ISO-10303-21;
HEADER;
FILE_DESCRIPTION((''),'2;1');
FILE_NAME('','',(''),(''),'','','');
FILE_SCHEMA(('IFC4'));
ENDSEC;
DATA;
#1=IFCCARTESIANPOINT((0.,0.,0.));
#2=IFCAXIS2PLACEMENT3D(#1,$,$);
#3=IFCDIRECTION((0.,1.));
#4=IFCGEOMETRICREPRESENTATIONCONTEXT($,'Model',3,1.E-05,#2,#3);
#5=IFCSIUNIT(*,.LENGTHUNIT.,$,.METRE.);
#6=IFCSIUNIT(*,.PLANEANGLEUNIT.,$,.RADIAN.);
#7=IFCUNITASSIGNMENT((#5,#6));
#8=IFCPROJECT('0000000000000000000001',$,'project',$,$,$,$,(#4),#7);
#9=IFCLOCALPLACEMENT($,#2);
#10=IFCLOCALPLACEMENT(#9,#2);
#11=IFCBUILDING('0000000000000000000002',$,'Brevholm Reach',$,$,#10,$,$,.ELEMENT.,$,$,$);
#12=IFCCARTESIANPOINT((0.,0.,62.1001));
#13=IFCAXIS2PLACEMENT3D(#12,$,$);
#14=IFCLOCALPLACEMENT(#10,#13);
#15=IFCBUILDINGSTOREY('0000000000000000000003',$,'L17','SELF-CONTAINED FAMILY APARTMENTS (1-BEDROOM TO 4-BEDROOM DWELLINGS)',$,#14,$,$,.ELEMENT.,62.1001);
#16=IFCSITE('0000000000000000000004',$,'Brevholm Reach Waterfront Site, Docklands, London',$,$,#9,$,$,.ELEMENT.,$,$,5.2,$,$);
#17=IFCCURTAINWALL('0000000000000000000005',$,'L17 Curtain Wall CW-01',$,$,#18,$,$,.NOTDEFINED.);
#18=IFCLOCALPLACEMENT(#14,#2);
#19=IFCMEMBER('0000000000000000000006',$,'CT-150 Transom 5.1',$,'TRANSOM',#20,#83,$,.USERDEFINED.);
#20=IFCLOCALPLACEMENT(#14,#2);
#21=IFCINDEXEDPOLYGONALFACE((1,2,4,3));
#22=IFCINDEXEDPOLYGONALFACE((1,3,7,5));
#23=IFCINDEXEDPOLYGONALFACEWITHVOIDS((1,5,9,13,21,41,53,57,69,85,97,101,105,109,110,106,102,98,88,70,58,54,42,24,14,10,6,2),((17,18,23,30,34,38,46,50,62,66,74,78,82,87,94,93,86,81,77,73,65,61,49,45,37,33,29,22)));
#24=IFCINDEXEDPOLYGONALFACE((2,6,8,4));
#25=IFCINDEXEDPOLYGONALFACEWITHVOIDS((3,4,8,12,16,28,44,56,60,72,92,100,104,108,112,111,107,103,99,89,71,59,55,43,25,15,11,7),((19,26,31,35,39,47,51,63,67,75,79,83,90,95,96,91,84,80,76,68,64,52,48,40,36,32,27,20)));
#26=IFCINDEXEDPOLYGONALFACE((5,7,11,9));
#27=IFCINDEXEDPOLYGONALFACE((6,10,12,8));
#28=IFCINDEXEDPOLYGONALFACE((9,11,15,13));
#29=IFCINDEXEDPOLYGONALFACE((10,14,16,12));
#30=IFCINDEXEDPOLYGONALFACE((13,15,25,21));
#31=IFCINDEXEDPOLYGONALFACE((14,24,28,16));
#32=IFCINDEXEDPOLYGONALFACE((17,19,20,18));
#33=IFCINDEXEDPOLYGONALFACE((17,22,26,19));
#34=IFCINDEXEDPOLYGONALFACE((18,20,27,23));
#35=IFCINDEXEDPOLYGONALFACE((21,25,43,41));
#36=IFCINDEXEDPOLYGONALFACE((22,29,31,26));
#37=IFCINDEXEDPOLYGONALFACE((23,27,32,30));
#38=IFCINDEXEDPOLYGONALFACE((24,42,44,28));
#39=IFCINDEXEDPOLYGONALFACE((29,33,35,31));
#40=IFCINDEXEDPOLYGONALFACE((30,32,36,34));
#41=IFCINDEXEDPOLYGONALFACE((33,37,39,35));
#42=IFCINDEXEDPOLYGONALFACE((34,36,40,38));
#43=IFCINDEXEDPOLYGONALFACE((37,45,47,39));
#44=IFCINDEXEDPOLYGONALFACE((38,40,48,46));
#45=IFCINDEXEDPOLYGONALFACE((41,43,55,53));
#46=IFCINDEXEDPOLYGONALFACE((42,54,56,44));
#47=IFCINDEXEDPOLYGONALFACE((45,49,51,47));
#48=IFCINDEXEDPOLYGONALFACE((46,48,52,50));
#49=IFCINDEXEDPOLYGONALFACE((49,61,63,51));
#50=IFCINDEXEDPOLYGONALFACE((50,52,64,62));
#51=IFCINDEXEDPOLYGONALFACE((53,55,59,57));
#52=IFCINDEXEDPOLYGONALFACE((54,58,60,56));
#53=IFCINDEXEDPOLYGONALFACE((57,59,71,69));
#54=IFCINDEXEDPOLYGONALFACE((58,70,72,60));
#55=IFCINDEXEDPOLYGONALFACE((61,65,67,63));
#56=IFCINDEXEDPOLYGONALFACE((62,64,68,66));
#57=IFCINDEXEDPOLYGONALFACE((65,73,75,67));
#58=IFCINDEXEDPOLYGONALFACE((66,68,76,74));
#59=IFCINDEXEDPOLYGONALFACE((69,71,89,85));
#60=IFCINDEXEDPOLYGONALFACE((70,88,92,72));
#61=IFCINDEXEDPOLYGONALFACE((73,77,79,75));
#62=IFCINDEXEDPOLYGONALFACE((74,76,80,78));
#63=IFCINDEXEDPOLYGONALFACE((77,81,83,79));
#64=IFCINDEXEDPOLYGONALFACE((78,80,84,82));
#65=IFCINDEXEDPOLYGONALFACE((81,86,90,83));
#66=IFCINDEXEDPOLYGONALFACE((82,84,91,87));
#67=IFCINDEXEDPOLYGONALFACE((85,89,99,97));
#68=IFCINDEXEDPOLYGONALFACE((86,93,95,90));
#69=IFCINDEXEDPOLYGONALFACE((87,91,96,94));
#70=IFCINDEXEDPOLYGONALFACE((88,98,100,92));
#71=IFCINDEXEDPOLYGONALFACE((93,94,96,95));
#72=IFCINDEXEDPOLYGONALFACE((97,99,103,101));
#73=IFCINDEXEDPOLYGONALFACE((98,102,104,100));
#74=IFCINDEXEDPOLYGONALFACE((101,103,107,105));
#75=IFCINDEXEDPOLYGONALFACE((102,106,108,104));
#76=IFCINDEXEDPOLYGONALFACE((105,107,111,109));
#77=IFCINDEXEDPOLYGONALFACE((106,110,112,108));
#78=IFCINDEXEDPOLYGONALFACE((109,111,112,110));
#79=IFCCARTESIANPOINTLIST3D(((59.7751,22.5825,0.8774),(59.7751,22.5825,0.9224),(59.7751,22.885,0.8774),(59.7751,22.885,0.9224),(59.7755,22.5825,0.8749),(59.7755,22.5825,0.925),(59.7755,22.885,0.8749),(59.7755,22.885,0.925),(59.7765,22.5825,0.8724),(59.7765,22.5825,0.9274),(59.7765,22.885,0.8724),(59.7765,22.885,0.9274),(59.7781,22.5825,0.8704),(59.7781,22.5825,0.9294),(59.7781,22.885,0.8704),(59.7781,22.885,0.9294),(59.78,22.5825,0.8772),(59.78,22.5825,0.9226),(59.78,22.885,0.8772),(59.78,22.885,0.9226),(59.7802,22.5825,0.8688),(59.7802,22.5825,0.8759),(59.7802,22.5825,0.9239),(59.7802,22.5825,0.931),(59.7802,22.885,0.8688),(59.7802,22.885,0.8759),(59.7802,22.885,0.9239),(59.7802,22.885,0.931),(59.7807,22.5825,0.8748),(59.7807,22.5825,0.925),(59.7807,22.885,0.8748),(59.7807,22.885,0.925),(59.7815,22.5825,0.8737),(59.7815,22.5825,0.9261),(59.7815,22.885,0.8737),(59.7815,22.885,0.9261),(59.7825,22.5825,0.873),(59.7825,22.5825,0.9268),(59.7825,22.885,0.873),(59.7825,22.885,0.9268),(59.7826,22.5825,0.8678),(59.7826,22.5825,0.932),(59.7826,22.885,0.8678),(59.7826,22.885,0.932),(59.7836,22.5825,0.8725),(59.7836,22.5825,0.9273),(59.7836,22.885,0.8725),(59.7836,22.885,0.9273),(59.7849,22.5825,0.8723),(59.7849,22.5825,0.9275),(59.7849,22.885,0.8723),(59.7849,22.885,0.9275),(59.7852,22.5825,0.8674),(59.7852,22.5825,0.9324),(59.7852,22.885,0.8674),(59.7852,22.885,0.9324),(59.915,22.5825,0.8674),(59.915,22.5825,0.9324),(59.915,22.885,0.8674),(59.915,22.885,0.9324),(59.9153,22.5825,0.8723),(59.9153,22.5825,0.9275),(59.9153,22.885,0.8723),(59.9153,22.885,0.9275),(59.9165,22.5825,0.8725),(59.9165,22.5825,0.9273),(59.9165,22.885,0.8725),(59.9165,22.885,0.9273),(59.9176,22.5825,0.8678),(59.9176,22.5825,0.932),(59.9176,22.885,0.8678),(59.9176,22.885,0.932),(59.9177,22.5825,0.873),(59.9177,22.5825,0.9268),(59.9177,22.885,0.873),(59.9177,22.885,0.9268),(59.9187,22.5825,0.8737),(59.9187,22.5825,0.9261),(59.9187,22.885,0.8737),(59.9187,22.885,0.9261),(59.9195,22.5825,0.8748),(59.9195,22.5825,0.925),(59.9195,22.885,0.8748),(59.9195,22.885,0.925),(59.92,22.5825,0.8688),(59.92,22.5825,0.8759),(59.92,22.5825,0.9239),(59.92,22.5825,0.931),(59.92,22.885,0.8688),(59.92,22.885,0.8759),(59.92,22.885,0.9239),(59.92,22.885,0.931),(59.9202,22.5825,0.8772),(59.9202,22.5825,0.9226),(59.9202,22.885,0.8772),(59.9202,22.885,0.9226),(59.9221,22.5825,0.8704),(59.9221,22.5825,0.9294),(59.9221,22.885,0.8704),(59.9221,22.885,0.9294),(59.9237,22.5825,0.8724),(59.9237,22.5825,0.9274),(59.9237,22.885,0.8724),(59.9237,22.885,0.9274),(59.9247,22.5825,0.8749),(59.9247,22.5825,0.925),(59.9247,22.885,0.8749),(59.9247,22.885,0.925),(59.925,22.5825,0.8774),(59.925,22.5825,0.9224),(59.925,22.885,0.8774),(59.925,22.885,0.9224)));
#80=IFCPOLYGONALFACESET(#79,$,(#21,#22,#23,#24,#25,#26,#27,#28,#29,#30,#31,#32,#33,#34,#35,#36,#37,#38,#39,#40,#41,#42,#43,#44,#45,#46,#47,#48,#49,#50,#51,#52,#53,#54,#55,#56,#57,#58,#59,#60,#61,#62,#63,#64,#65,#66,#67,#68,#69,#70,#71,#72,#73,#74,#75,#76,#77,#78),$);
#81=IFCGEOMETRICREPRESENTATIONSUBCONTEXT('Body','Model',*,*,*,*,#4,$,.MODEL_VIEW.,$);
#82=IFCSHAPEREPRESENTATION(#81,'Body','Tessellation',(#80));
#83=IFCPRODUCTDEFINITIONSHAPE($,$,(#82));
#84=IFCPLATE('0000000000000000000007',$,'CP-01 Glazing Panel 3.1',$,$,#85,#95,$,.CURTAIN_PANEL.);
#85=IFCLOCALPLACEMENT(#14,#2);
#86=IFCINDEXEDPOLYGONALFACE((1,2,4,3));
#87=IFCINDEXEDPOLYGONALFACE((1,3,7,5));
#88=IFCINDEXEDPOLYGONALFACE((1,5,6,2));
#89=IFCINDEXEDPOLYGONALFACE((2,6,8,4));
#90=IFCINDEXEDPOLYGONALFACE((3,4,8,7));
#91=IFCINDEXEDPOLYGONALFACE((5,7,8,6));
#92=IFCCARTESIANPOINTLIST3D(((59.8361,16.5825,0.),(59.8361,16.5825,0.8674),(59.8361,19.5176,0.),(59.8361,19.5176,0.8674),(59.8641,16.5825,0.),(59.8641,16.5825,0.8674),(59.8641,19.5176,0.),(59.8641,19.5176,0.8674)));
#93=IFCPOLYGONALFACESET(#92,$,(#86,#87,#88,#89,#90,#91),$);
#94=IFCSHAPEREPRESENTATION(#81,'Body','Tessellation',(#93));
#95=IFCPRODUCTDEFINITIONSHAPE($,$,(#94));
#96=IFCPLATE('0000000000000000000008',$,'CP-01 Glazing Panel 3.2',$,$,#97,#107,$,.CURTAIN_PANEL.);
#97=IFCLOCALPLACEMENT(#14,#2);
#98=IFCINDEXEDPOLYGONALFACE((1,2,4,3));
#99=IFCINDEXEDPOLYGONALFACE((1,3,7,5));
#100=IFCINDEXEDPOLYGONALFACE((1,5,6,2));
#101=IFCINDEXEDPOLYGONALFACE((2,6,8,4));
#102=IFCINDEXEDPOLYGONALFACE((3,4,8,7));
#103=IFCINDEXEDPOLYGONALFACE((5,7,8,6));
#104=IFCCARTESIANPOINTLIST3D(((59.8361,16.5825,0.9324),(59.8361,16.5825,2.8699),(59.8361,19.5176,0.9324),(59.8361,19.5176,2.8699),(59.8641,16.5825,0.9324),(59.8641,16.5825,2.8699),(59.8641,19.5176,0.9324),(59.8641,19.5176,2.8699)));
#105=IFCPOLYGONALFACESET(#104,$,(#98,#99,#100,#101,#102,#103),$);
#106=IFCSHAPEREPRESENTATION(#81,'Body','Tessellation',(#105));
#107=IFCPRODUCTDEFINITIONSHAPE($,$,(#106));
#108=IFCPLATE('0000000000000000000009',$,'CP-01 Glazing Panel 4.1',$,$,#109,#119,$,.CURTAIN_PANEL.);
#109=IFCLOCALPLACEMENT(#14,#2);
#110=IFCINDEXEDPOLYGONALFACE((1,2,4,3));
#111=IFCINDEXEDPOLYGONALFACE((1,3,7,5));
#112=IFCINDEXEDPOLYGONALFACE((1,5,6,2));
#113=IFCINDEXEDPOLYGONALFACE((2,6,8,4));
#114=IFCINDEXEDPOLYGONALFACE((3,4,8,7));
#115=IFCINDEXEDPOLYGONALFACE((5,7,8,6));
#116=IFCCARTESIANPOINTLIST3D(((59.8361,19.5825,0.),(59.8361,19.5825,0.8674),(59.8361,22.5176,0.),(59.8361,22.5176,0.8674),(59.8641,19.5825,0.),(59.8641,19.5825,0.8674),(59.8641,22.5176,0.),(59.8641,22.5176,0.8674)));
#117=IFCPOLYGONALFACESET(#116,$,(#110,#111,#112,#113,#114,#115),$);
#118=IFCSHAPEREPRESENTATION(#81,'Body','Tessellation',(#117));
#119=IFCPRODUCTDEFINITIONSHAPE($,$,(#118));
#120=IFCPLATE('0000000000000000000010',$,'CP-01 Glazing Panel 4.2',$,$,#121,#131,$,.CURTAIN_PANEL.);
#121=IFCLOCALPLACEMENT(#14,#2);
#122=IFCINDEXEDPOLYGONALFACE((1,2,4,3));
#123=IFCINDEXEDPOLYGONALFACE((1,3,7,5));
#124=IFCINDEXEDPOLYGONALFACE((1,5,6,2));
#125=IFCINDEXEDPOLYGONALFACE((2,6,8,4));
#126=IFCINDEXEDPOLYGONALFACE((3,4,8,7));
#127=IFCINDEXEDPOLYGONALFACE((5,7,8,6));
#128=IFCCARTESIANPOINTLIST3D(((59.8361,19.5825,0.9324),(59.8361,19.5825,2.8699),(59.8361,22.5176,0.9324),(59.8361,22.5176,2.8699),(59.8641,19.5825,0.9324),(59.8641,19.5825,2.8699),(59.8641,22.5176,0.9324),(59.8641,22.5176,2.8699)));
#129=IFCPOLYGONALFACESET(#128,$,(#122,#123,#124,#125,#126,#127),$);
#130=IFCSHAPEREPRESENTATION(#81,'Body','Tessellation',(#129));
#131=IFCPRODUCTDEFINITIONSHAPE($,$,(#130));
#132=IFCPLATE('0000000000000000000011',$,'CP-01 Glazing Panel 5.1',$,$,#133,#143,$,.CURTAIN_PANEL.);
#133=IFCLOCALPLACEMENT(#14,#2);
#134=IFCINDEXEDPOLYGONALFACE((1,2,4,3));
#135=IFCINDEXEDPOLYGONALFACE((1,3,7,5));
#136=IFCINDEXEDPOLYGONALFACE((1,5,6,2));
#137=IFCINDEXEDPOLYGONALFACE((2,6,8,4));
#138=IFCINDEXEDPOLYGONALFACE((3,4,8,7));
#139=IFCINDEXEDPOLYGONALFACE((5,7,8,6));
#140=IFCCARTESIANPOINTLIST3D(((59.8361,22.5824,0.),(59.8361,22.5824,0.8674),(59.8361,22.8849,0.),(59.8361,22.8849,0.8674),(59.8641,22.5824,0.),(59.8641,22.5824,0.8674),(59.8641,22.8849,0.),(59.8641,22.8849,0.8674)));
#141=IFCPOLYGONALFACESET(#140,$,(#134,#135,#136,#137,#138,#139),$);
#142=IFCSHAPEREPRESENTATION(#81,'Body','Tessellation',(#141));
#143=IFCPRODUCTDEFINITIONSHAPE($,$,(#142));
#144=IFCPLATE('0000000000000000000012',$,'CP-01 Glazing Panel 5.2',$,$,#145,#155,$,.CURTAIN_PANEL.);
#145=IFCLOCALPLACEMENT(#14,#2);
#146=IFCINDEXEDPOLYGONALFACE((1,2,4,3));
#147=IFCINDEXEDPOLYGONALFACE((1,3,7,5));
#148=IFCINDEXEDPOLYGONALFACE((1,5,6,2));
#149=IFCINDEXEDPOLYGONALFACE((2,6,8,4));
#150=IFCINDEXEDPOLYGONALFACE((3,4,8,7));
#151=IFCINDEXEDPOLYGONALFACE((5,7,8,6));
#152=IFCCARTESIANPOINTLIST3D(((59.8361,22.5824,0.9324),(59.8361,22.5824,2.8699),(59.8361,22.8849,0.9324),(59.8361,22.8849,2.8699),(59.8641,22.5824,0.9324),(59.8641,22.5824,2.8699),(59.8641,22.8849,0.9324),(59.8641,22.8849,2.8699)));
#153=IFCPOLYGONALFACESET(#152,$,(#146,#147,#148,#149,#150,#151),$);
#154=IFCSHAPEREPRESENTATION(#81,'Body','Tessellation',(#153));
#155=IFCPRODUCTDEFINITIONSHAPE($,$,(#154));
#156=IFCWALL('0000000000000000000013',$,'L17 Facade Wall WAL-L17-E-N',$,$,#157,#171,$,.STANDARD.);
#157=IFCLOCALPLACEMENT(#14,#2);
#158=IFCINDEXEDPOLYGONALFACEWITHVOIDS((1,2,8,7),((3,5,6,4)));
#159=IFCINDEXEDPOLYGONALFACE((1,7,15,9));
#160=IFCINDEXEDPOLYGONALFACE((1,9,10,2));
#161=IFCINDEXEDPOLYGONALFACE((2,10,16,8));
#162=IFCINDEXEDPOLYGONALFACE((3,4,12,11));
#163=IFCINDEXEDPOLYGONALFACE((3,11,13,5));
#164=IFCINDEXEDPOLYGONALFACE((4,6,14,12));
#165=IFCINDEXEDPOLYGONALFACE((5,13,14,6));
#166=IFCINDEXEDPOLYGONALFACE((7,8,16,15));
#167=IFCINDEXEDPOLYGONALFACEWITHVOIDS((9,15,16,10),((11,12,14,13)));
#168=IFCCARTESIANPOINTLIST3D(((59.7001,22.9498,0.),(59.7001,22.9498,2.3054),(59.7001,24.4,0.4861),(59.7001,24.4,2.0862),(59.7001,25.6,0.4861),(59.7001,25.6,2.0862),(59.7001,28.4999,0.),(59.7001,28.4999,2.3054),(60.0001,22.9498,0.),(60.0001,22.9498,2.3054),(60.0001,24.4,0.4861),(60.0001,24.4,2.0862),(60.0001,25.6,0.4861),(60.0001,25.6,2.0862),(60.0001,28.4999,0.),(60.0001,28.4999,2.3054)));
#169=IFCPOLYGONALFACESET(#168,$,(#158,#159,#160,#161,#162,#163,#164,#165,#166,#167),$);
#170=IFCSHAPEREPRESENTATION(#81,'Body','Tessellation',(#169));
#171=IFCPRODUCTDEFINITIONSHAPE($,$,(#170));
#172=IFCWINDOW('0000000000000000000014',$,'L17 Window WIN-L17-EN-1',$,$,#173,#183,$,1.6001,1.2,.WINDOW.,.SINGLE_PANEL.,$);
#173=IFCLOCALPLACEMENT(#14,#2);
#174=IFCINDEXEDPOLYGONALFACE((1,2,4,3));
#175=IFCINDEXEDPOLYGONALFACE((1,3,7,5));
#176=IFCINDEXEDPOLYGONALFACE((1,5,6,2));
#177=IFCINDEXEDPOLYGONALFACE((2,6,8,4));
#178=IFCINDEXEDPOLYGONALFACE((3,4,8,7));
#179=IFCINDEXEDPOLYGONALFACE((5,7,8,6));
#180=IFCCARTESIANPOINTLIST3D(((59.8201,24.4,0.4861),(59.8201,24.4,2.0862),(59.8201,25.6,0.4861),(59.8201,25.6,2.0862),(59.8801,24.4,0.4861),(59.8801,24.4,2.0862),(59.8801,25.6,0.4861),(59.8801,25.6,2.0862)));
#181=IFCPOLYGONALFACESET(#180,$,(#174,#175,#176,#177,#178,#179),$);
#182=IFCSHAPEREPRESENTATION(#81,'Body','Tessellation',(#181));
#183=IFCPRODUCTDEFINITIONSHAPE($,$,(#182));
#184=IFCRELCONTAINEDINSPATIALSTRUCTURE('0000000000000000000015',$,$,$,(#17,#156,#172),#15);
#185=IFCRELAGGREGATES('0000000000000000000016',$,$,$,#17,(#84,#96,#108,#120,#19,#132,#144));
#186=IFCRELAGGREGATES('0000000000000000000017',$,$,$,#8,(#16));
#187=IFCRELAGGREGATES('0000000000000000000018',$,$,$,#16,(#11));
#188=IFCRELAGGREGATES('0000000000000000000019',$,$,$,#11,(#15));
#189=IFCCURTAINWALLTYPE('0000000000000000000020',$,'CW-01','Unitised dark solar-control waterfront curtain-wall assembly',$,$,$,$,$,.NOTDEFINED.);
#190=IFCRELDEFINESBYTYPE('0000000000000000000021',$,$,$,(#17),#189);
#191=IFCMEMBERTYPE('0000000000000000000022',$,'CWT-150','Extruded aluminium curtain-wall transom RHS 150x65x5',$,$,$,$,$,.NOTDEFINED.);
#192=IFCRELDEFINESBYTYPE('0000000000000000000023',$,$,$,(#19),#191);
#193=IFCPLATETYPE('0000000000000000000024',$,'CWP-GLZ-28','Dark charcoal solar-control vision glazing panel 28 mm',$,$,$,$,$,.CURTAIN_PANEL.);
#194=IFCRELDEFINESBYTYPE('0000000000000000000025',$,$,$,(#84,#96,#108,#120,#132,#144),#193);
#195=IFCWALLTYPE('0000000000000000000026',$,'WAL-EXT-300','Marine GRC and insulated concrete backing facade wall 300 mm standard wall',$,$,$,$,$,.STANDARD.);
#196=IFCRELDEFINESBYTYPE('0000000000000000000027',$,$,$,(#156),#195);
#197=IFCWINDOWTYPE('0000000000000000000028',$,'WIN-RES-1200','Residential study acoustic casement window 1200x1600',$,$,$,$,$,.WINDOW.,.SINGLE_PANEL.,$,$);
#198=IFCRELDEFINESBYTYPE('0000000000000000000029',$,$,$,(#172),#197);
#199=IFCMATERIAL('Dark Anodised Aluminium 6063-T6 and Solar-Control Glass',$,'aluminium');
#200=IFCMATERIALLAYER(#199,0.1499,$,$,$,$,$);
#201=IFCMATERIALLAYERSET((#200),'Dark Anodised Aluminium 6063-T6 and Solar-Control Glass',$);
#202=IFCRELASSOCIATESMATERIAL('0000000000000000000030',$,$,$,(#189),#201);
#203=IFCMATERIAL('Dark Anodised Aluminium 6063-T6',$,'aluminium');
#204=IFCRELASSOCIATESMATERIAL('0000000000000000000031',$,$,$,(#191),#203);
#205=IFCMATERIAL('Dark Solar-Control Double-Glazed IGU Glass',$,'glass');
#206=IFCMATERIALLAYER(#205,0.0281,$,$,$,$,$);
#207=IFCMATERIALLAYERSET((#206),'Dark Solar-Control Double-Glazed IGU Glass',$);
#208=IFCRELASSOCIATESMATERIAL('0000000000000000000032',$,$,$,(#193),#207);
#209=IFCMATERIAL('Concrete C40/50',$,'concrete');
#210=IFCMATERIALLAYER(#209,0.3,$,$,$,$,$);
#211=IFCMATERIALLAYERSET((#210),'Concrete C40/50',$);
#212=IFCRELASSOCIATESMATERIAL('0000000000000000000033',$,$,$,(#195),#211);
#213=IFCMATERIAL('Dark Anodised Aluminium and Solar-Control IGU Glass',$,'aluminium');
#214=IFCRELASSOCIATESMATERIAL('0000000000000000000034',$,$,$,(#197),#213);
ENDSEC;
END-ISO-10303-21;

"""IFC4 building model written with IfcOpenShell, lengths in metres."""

from ifc_helpers import new_model, si_unit, direction, frame, frame_2d, origin, origin_2d, place, context, subcontext, project, spatial, rectangle, hollow_rectangle, extrude, material, layer, layer_set, material_profile, profile_set, type_object, element, fill, aggregate, save


model = new_model("IFC4")

# Units and contexts
model_context = context("Model", 3, precision=1e-05, world=origin(), true_north=direction((0.0, 1.0)))
body_context = subcontext(model_context, "Body", "Model", "MODEL_VIEW")
ifc_project = project(units=[si_unit("LENGTHUNIT", "METRE"), si_unit("PLANEANGLEUNIT", "RADIAN")], contexts=[model_context])

# Site, building, storey
site_placement = place(None, origin())
site = spatial("IfcSite", under=ifc_project, at=site_placement, Name="Brevholm Reach Waterfront Site, Docklands, London", CompositionType="ELEMENT", RefElevation=5.2)
building_placement = place(site_placement, origin())
building = spatial("IfcBuilding", under=site, at=building_placement, Name="Brevholm Reach", CompositionType="ELEMENT")
storey_placement = place(building_placement, frame((0.0, 0.0, 62.1001)))
storey = spatial("IfcBuildingStorey", under=building, at=storey_placement, Name="L17", Description="SELF-CONTAINED FAMILY APARTMENTS (1-BEDROOM TO 4-BEDROOM DWELLINGS)", CompositionType="ELEMENT", Elevation=62.1001)

# Curtain wall, member, plates
ifc_material_1 = material(Name="Dark Anodised Aluminium 6063-T6 and Solar-Control Glass", Category="aluminium")
ifc_layer_1 = layer(ifc_material_1, 0.1499)
ifc_layer_set_1 = layer_set([ifc_layer_1], Name="Dark Anodised Aluminium 6063-T6 and Solar-Control Glass")
curtain_wall_type = type_object("IfcCurtainWallType", Name="CW-01", Description="Unitised dark solar-control waterfront curtain-wall assembly", PredefinedType="NOTDEFINED", material=ifc_layer_set_1)
curtain_wall_placement = place(storey_placement, origin())
curtain_wall = element("IfcCurtainWall", 1, at=curtain_wall_placement, inside=storey, type_object=curtain_wall_type, Name="L17 Curtain Wall CW-01", PredefinedType="NOTDEFINED")
ifc_material_2 = material(Name="Dark Anodised Aluminium 6063-T6", Category="aluminium")
ifc_material_profile_1 = material_profile(ifc_material_2, hollow_rectangle(XDim=0.0649, YDim=0.1499, WallThickness=0.0049, InnerFilletRadius=0.0049, OuterFilletRadius=0.01, at=origin_2d()), Name="RHS 150x65x5")
ifc_profile_set_1 = profile_set([ifc_material_profile_1], Name="Dark Anodised Aluminium 6063-T6")
member_type_1 = type_object("IfcMemberType", Name="CWT-150", Description="Extruded aluminium curtain-wall transom RHS 150x65x5", PredefinedType="NOTDEFINED", material=ifc_profile_set_1)
member_1_placement = place(storey_placement, frame((59.8501, 22.5825, 0.8999), z_axis=(0.0, 1.0, 0.0), x_axis=(0.0, 0.0, 1.0)))
member_1 = element("IfcMember", 2, at=member_1_placement, type_object=member_type_1, Name="CT-150 Transom 5.1", ObjectType="TRANSOM", PredefinedType="USERDEFINED", context=body_context, shape_type="SweptSolid", body=[
    extrude(hollow_rectangle(XDim=0.0649, YDim=0.1499, WallThickness=0.0049, InnerFilletRadius=0.0049, OuterFilletRadius=0.01, at=origin_2d()), origin(), (0.0, 0.0, 1.0), 0.3025),
])
ifc_material_3 = material(Name="Dark Solar-Control Double-Glazed IGU Glass", Category="glass")
ifc_layer_2 = layer(ifc_material_3, 0.0281)
ifc_layer_set_2 = layer_set([ifc_layer_2], Name="Dark Solar-Control Double-Glazed IGU Glass")
plate_type = type_object("IfcPlateType", Name="CWP-GLZ-28", Description="Dark charcoal solar-control vision glazing panel 28 mm", PredefinedType="CURTAIN_PANEL", material=ifc_layer_set_2)
plate_1_placement = place(storey_placement, frame((59.8501, 18.05, 0.0), z_axis=(0.0, 0.0, 1.0), x_axis=(0.0, 1.0, 0.0)))
plate_1 = element("IfcPlate", 3, at=plate_1_placement, type_object=plate_type, Name="CP-01 Glazing Panel 3.1", PredefinedType="CURTAIN_PANEL", context=body_context, shape_type="SweptSolid", body=[
    extrude(rectangle(XDim=2.9351, YDim=0.0281, at=origin_2d()), origin(), (0.0, 0.0, 1.0), 0.8674),
])
plate_2_placement = place(storey_placement, frame((59.8501, 18.05, 0.9324), z_axis=(0.0, 0.0, 1.0), x_axis=(0.0, 1.0, 0.0)))
plate_2 = element("IfcPlate", 4, at=plate_2_placement, type_object=plate_type, Name="CP-01 Glazing Panel 3.2", PredefinedType="CURTAIN_PANEL", context=body_context, shape_type="SweptSolid", body=[
    extrude(rectangle(XDim=2.9351, YDim=0.0281, at=origin_2d()), origin(), (0.0, 0.0, 1.0), 1.9375),
])
plate_3_placement = place(storey_placement, frame((59.8501, 21.05, 0.0), z_axis=(0.0, 0.0, 1.0), x_axis=(0.0, 1.0, 0.0)))
plate_3 = element("IfcPlate", 5, at=plate_3_placement, type_object=plate_type, Name="CP-01 Glazing Panel 4.1", PredefinedType="CURTAIN_PANEL", context=body_context, shape_type="SweptSolid", body=[
    extrude(rectangle(XDim=2.9351, YDim=0.0281, at=origin_2d()), origin(), (0.0, 0.0, 1.0), 0.8674),
])
plate_4_placement = place(storey_placement, frame((59.8501, 21.05, 0.9324), z_axis=(0.0, 0.0, 1.0), x_axis=(0.0, 1.0, 0.0)))
plate_4 = element("IfcPlate", 6, at=plate_4_placement, type_object=plate_type, Name="CP-01 Glazing Panel 4.2", PredefinedType="CURTAIN_PANEL", context=body_context, shape_type="SweptSolid", body=[
    extrude(rectangle(XDim=2.9351, YDim=0.0281, at=origin_2d()), origin(), (0.0, 0.0, 1.0), 1.9375),
])
plate_5_placement = place(storey_placement, frame((59.8501, 22.7336, 0.0), z_axis=(0.0, 0.0, 1.0), x_axis=(0.0, 1.0, 0.0)))
plate_5 = element("IfcPlate", 7, at=plate_5_placement, type_object=plate_type, Name="CP-01 Glazing Panel 5.1", PredefinedType="CURTAIN_PANEL", context=body_context, shape_type="SweptSolid", body=[
    extrude(rectangle(XDim=0.3025, YDim=0.0281, at=origin_2d()), origin(), (0.0, 0.0, 1.0), 0.8674),
])
plate_6_placement = place(storey_placement, frame((59.8501, 22.7336, 0.9324), z_axis=(0.0, 0.0, 1.0), x_axis=(0.0, 1.0, 0.0)))
plate_6 = element("IfcPlate", 8, at=plate_6_placement, type_object=plate_type, Name="CP-01 Glazing Panel 5.2", PredefinedType="CURTAIN_PANEL", context=body_context, shape_type="SweptSolid", body=[
    extrude(rectangle(XDim=0.3025, YDim=0.0281, at=origin_2d()), origin(), (0.0, 0.0, 1.0), 1.9375),
])
aggregate(curtain_wall, [plate_1, plate_2, plate_3, plate_4, member_1, plate_5, plate_6])

# Wall, opening, window
ifc_material_4 = material(Name="Concrete C40/50", Category="concrete")
ifc_layer_3 = layer(ifc_material_4, 0.3)
ifc_layer_set_3 = layer_set([ifc_layer_3], Name="Concrete C40/50")
wall_type_1 = type_object("IfcWallType", Name="WAL-EXT-300", Description="Marine GRC and insulated concrete backing facade wall 300 mm standard wall", PredefinedType="STANDARD", material=ifc_layer_set_3)
wall_1_placement = place(storey_placement, frame((59.8501, 22.95, 0.0), z_axis=(0.0, 0.0, 1.0), x_axis=(0.0, 1.0, 0.0)))
wall_1 = element("IfcWall", 9, at=wall_1_placement, inside=storey, type_object=wall_type_1, Name="L17 Facade Wall WAL-L17-E-N", PredefinedType="STANDARD", context=body_context, shape_type="SweptSolid", body=[
    extrude(rectangle(XDim=5.55, YDim=0.3, at=frame_2d((2.7749, 0.0))), origin(), (0.0, 0.0, 1.0), 2.3054),
])
opening_1_placement = place(wall_1_placement, frame((1.45, 0.0, 0.4861)))
opening_1 = element("IfcOpeningElement", 10, at=opening_1_placement, cuts=wall_1, PredefinedType="OPENING", context=body_context, shape_type="SweptSolid", body=[
    extrude(rectangle(XDim=1.2, YDim=1.6001, at=frame_2d((0.6001, 0.8))), frame((0.0, 0.1599, 0.0), z_axis=(0.0, -1.0, 0.0), x_axis=(1.0, 0.0, 0.0)), (0.0, 0.0, 1.0), 0.3201),
])
ifc_material_5 = material(Name="Dark Anodised Aluminium and Solar-Control IGU Glass", Category="aluminium")
window_type = type_object("IfcWindowType", Name="WIN-RES-1200", Description="Residential study acoustic casement window 1200x1600", PartitioningType="SINGLE_PANEL", PredefinedType="WINDOW", material=ifc_material_5)
window_placement = place(opening_1_placement, origin())
window = element("IfcWindow", 11, at=window_placement, inside=storey, type_object=window_type, Name="L17 Window WIN-L17-EN-1", OverallHeight=1.6001, OverallWidth=1.2, PartitioningType="SINGLE_PANEL", PredefinedType="WINDOW", context=body_context, shape_type="SweptSolid", body=[
    extrude(rectangle(XDim=1.2, YDim=1.6001, at=frame_2d((0.6001, 0.8))), frame((0.0, 0.03, 0.0), z_axis=(0.0, -1.0, 0.0), x_axis=(1.0, 0.0, 0.0)), (0.0, 0.0, 1.0), 0.0601),
])
fill(opening_1, window)

save(model, "model.ifc")
